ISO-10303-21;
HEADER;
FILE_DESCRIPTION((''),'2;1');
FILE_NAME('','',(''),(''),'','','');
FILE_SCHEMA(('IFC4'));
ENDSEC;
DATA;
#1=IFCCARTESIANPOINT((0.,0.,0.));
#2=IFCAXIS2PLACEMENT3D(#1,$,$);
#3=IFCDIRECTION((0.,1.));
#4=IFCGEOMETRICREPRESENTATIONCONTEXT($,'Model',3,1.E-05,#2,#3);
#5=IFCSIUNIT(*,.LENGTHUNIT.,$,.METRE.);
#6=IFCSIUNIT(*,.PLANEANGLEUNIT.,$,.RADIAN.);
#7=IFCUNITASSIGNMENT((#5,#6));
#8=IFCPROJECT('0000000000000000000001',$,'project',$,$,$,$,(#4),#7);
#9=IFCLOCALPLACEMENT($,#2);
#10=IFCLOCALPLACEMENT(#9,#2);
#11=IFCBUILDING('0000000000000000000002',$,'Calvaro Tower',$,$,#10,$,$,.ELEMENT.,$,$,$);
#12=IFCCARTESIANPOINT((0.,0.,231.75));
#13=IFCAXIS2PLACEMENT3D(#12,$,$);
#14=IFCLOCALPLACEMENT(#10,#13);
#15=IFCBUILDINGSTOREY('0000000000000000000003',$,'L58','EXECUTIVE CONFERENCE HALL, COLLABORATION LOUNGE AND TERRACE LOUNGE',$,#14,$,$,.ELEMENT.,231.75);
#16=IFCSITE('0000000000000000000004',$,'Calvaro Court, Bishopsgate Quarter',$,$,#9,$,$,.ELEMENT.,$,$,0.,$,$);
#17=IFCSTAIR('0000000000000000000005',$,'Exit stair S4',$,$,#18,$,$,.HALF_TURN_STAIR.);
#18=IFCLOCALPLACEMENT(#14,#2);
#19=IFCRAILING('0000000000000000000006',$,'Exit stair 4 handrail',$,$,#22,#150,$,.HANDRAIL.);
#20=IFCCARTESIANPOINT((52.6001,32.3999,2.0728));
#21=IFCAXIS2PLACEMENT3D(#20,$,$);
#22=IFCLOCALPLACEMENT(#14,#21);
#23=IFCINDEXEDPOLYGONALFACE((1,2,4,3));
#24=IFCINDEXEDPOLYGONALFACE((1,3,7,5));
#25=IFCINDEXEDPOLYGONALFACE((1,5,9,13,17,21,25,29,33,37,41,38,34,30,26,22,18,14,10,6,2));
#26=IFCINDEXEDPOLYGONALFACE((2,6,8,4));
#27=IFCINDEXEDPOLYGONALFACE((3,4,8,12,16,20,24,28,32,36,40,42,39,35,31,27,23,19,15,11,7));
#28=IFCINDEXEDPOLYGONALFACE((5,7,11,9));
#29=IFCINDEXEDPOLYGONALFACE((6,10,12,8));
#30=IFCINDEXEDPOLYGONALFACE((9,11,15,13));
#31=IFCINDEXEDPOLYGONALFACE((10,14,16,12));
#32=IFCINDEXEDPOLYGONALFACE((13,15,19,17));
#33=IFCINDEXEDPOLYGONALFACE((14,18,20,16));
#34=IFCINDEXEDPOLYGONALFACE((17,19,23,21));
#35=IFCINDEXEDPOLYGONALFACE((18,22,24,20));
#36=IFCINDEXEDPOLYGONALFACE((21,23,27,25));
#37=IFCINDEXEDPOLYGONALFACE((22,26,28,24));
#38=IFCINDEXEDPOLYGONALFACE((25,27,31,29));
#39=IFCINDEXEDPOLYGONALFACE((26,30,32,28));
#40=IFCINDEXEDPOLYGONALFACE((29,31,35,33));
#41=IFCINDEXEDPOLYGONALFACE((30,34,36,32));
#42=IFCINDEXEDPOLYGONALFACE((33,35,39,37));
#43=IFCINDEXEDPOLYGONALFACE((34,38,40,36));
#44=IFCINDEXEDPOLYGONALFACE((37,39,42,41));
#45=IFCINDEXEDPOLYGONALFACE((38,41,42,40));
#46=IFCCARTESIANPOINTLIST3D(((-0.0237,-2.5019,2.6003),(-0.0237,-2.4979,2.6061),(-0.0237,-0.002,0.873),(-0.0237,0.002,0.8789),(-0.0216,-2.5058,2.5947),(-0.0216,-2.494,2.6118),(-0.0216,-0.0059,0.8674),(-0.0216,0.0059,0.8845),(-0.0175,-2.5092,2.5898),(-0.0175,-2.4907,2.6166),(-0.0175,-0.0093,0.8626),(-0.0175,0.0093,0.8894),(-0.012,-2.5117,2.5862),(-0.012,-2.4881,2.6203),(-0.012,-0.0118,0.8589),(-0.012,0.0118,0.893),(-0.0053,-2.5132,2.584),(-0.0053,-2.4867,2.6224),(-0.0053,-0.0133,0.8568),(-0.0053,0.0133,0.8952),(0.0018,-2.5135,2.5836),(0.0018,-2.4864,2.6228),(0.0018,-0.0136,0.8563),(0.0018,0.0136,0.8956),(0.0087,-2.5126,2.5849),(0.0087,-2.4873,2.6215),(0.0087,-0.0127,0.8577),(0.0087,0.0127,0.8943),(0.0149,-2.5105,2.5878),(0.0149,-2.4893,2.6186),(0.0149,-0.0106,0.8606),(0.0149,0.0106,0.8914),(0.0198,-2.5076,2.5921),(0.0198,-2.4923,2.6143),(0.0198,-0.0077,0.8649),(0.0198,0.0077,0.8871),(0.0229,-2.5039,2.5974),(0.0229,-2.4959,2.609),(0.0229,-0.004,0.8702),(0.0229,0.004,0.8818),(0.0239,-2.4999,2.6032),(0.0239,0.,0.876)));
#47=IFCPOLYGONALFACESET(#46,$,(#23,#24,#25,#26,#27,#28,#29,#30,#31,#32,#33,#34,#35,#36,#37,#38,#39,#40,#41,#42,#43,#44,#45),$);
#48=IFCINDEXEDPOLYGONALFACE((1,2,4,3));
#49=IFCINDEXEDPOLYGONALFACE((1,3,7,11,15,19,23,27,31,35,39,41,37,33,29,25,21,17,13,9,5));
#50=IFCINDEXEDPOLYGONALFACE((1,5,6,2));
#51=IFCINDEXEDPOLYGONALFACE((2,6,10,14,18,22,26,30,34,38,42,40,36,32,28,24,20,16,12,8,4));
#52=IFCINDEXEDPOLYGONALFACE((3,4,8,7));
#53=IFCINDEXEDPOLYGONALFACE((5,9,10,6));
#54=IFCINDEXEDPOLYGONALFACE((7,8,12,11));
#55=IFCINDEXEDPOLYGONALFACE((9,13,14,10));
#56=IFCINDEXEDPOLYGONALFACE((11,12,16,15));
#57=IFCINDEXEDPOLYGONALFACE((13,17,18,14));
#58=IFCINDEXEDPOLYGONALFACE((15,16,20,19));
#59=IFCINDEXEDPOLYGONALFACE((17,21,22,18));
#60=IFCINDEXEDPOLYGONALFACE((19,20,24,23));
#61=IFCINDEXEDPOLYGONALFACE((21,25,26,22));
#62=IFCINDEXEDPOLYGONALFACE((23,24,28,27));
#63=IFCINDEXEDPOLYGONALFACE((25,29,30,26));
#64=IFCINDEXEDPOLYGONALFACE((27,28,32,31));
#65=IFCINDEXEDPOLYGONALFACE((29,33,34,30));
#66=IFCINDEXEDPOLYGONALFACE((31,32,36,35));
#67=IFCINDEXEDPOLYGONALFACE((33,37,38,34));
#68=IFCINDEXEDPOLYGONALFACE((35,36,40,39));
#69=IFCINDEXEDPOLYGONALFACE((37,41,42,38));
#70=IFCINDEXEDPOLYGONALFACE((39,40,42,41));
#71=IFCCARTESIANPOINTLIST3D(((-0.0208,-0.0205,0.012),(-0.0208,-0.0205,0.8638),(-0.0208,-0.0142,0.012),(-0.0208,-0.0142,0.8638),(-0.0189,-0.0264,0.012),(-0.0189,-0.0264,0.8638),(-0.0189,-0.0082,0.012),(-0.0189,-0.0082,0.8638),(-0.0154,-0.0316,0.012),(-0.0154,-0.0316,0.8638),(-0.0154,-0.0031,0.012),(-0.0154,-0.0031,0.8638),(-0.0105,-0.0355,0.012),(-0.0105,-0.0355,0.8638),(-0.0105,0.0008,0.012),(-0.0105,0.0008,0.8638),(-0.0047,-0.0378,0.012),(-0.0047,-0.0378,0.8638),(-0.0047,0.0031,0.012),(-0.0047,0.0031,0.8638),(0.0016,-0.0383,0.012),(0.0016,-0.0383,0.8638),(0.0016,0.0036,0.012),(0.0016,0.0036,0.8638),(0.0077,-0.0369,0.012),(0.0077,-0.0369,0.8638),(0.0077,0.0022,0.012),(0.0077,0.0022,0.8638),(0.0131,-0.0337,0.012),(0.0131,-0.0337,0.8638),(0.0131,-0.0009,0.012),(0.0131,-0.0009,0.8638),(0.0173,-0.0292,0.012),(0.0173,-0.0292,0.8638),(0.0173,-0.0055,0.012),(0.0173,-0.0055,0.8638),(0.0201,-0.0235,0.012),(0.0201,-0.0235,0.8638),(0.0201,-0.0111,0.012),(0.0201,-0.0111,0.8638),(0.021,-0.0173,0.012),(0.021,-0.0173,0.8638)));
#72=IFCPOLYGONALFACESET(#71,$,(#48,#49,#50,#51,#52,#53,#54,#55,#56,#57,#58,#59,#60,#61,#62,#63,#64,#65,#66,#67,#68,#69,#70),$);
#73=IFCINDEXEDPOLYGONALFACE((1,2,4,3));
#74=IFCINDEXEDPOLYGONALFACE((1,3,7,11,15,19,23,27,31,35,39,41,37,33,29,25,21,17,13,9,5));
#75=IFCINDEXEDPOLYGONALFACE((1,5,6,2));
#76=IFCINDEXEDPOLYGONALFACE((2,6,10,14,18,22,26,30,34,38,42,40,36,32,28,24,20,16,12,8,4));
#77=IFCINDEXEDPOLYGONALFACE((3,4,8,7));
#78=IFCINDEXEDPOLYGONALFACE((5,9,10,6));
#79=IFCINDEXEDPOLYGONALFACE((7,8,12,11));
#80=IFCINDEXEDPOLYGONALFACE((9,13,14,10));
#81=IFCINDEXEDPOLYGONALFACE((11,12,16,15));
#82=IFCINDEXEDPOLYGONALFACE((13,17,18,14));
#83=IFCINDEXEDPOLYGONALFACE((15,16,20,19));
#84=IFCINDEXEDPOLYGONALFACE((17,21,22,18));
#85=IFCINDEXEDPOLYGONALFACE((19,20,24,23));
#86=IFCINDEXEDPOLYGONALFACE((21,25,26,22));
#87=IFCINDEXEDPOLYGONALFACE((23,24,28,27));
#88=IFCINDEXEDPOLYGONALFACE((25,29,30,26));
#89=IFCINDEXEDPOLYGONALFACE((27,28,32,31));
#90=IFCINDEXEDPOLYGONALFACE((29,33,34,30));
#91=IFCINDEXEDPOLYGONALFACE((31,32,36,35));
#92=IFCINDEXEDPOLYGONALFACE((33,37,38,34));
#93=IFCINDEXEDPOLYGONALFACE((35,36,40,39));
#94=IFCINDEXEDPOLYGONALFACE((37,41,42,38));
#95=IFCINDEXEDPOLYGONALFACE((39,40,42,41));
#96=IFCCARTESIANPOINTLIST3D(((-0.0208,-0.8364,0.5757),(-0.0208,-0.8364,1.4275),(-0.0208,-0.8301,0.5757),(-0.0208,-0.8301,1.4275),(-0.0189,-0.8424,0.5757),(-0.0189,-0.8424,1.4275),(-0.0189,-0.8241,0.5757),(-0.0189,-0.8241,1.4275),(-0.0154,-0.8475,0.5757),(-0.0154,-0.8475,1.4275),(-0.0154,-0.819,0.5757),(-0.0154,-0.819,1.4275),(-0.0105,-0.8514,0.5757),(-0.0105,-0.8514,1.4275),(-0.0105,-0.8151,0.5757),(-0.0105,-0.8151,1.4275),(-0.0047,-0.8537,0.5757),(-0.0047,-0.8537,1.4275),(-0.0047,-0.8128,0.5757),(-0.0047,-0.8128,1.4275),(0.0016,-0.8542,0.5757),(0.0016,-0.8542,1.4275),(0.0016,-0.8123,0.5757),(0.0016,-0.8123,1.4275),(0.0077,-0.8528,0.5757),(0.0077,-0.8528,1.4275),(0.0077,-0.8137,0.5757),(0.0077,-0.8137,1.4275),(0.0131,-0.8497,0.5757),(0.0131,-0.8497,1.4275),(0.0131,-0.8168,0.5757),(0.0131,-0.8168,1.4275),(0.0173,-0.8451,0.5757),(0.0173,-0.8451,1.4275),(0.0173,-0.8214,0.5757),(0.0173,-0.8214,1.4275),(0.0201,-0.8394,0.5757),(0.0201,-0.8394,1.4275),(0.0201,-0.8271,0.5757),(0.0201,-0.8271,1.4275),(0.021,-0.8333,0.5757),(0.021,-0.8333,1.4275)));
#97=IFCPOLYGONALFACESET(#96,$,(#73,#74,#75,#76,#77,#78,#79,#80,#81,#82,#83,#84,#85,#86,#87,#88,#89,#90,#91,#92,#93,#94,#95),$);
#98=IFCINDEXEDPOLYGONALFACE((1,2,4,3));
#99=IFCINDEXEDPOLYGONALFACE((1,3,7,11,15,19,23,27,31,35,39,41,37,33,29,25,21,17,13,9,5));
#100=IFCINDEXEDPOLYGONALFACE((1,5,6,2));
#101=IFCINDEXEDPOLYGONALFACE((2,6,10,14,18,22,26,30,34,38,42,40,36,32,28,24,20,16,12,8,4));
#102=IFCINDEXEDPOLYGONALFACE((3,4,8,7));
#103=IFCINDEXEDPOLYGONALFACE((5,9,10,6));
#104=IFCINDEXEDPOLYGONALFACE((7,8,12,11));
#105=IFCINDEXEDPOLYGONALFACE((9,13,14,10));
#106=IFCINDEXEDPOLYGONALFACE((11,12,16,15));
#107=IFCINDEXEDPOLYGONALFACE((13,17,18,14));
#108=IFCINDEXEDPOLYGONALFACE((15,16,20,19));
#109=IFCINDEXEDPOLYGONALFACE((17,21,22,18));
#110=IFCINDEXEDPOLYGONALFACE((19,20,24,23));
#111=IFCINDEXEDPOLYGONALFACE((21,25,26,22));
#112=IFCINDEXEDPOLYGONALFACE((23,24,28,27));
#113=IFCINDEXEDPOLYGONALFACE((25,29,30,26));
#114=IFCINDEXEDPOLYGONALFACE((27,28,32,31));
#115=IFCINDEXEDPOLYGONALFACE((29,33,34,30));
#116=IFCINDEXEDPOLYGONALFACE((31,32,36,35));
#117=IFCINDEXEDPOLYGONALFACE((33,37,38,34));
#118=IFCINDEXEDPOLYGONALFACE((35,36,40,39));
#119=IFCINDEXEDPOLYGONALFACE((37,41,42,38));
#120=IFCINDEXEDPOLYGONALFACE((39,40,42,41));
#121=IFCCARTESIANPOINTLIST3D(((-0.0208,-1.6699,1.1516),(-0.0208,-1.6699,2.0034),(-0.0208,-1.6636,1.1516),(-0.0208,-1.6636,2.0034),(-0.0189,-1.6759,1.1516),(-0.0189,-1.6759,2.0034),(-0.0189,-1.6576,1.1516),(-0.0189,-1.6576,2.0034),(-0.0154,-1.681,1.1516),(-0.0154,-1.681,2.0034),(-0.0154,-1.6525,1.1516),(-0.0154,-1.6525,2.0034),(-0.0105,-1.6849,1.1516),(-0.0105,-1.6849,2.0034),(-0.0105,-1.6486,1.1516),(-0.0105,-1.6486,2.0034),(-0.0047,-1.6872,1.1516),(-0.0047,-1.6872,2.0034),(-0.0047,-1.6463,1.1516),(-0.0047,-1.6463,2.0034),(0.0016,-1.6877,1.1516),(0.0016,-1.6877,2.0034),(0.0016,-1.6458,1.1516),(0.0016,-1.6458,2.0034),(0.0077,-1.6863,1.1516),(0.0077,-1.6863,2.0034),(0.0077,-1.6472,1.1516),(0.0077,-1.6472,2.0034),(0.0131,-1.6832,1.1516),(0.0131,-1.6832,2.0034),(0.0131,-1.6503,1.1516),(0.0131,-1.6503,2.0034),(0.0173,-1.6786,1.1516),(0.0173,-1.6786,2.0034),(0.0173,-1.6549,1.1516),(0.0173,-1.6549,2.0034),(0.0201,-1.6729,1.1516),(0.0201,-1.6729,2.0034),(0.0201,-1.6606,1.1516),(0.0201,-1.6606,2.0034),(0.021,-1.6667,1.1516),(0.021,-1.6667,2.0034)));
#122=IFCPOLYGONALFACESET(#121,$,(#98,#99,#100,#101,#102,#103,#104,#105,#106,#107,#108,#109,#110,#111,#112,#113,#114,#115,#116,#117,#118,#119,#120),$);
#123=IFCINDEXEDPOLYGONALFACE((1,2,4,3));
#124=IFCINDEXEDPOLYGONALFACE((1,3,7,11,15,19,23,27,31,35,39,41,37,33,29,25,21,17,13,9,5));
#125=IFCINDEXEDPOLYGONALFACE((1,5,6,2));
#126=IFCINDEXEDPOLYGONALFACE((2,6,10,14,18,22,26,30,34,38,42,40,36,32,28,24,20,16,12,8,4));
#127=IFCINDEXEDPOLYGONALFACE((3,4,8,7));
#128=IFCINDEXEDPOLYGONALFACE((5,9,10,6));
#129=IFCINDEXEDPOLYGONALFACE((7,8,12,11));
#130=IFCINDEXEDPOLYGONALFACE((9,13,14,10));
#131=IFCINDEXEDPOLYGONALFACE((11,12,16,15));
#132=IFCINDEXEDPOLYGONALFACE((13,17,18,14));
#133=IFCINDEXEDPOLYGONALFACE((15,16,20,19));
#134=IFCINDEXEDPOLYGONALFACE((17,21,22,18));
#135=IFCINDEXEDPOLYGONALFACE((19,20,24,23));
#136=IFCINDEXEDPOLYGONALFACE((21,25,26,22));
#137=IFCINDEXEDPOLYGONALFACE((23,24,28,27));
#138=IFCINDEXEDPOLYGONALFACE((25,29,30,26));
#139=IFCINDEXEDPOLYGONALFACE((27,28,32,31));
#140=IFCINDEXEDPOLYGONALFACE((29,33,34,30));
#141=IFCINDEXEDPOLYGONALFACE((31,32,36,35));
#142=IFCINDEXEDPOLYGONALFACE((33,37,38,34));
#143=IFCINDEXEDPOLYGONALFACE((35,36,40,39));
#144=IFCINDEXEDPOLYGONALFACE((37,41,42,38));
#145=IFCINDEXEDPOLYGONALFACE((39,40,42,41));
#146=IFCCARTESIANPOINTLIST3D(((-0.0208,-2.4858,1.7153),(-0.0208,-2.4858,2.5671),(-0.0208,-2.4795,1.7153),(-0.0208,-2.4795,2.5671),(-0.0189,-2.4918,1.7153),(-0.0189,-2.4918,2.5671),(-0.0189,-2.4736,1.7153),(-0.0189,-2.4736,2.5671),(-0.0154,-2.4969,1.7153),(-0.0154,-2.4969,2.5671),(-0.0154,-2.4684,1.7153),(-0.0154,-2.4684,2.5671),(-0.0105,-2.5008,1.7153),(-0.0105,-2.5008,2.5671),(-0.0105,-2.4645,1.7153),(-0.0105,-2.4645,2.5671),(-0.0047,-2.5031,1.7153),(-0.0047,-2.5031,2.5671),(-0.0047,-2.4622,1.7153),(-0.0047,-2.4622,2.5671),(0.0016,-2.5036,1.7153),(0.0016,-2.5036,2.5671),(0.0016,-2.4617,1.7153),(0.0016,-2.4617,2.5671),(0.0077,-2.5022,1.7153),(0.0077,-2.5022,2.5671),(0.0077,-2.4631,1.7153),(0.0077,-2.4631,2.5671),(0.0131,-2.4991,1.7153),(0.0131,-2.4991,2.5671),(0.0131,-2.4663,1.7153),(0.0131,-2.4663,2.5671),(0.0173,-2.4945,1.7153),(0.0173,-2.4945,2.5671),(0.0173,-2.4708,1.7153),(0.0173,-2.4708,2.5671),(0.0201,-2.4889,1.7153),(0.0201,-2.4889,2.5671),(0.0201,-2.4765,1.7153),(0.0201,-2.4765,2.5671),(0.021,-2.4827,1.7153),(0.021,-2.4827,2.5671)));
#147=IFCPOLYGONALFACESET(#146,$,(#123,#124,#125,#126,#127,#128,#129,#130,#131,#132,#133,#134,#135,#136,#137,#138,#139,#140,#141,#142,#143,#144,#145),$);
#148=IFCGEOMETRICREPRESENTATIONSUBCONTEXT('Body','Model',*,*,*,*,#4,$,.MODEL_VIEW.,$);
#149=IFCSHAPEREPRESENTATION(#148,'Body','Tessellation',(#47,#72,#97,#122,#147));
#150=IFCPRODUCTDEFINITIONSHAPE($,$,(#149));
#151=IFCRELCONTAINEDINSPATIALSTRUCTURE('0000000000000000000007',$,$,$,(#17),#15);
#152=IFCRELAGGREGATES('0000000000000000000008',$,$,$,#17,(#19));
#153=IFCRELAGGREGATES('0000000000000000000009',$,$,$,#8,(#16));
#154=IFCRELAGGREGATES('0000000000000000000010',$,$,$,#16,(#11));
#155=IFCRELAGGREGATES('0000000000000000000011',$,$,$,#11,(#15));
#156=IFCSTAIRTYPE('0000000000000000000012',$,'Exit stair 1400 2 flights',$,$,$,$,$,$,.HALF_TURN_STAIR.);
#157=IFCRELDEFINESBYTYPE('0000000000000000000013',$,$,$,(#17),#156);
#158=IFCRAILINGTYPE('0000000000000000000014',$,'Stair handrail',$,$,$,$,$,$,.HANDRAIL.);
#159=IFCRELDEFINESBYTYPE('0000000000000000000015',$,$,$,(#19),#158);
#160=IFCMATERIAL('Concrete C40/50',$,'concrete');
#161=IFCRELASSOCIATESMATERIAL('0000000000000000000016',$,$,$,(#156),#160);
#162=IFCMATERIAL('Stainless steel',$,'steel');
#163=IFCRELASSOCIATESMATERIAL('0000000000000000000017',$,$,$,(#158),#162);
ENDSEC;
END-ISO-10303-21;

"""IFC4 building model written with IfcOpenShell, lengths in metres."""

from ifc_helpers import new_model, si_unit, direction, frame, origin, origin_2d, place, context, subcontext, project, spatial, circle, extrude, material, type_object, element, aggregate, save


model = new_model("IFC4")

# Units and contexts
model_context = context("Model", 3, precision=1e-05, world=origin(), true_north=direction((0.0, 1.0)))
body_context = subcontext(model_context, "Body", "Model", "MODEL_VIEW")
ifc_project = project(units=[si_unit("LENGTHUNIT", "METRE"), si_unit("PLANEANGLEUNIT", "RADIAN")], contexts=[model_context])

# Site, building, storey
site_placement = place(None, origin())
site = spatial("IfcSite", under=ifc_project, at=site_placement, Name="Calvaro Court, Bishopsgate Quarter", CompositionType="ELEMENT", RefElevation=0.0)
building_placement = place(site_placement, origin())
building = spatial("IfcBuilding", under=site, at=building_placement, Name="Calvaro Tower", CompositionType="ELEMENT")
storey_placement = place(building_placement, frame((0.0, 0.0, 231.75)))
storey = spatial("IfcBuildingStorey", under=building, at=storey_placement, Name="L58", Description="EXECUTIVE CONFERENCE HALL, COLLABORATION LOUNGE AND TERRACE LOUNGE", CompositionType="ELEMENT", Elevation=231.75)

# Stair, railing
ifc_material_1 = material(Name="Concrete C40/50", Category="concrete")
stair_type = type_object("IfcStairType", Name="Exit stair 1400 2 flights", PredefinedType="HALF_TURN_STAIR", material=ifc_material_1)
stair_placement = place(storey_placement, origin())
stair = element("IfcStair", 1, at=stair_placement, inside=storey, type_object=stair_type, Name="Exit stair S4", PredefinedType="HALF_TURN_STAIR")
ifc_material_2 = material(Name="Stainless steel", Category="steel")
railing_type = type_object("IfcRailingType", Name="Stair handrail", PredefinedType="HANDRAIL", material=ifc_material_2)
railing_1_placement = place(storey_placement, frame((52.6001, 32.3999, 2.0728)))
railing_1 = element("IfcRailing", 2, at=railing_1_placement, type_object=railing_type, Name="Exit stair 4 handrail", PredefinedType="HANDRAIL", context=body_context, shape_type="SweptSolid", body=[
    extrude(circle(Radius=0.0239, at=origin_2d()), frame((0.0, 0.0, 0.876), z_axis=(0.0, -0.822727, 0.568437), x_axis=(1.0, 0.0, 0.0)), (0.0, 0.0, 1.0), 3.0386),
    extrude(circle(Radius=0.021, at=origin_2d()), frame((0.0, -0.0173, 0.012)), (0.0, 0.0, 1.0), 0.8518),
    extrude(circle(Radius=0.021, at=origin_2d()), frame((0.0, -0.8333, 0.5757)), (0.0, 0.0, 1.0), 0.8518),
    extrude(circle(Radius=0.021, at=origin_2d()), frame((0.0, -1.6667, 1.1516)), (0.0, 0.0, 1.0), 0.8518),
    extrude(circle(Radius=0.021, at=origin_2d()), frame((0.0, -2.4827, 1.7153)), (0.0, 0.0, 1.0), 0.8518),
])
aggregate(stair, [railing_1])

save(model, "model.ifc")
